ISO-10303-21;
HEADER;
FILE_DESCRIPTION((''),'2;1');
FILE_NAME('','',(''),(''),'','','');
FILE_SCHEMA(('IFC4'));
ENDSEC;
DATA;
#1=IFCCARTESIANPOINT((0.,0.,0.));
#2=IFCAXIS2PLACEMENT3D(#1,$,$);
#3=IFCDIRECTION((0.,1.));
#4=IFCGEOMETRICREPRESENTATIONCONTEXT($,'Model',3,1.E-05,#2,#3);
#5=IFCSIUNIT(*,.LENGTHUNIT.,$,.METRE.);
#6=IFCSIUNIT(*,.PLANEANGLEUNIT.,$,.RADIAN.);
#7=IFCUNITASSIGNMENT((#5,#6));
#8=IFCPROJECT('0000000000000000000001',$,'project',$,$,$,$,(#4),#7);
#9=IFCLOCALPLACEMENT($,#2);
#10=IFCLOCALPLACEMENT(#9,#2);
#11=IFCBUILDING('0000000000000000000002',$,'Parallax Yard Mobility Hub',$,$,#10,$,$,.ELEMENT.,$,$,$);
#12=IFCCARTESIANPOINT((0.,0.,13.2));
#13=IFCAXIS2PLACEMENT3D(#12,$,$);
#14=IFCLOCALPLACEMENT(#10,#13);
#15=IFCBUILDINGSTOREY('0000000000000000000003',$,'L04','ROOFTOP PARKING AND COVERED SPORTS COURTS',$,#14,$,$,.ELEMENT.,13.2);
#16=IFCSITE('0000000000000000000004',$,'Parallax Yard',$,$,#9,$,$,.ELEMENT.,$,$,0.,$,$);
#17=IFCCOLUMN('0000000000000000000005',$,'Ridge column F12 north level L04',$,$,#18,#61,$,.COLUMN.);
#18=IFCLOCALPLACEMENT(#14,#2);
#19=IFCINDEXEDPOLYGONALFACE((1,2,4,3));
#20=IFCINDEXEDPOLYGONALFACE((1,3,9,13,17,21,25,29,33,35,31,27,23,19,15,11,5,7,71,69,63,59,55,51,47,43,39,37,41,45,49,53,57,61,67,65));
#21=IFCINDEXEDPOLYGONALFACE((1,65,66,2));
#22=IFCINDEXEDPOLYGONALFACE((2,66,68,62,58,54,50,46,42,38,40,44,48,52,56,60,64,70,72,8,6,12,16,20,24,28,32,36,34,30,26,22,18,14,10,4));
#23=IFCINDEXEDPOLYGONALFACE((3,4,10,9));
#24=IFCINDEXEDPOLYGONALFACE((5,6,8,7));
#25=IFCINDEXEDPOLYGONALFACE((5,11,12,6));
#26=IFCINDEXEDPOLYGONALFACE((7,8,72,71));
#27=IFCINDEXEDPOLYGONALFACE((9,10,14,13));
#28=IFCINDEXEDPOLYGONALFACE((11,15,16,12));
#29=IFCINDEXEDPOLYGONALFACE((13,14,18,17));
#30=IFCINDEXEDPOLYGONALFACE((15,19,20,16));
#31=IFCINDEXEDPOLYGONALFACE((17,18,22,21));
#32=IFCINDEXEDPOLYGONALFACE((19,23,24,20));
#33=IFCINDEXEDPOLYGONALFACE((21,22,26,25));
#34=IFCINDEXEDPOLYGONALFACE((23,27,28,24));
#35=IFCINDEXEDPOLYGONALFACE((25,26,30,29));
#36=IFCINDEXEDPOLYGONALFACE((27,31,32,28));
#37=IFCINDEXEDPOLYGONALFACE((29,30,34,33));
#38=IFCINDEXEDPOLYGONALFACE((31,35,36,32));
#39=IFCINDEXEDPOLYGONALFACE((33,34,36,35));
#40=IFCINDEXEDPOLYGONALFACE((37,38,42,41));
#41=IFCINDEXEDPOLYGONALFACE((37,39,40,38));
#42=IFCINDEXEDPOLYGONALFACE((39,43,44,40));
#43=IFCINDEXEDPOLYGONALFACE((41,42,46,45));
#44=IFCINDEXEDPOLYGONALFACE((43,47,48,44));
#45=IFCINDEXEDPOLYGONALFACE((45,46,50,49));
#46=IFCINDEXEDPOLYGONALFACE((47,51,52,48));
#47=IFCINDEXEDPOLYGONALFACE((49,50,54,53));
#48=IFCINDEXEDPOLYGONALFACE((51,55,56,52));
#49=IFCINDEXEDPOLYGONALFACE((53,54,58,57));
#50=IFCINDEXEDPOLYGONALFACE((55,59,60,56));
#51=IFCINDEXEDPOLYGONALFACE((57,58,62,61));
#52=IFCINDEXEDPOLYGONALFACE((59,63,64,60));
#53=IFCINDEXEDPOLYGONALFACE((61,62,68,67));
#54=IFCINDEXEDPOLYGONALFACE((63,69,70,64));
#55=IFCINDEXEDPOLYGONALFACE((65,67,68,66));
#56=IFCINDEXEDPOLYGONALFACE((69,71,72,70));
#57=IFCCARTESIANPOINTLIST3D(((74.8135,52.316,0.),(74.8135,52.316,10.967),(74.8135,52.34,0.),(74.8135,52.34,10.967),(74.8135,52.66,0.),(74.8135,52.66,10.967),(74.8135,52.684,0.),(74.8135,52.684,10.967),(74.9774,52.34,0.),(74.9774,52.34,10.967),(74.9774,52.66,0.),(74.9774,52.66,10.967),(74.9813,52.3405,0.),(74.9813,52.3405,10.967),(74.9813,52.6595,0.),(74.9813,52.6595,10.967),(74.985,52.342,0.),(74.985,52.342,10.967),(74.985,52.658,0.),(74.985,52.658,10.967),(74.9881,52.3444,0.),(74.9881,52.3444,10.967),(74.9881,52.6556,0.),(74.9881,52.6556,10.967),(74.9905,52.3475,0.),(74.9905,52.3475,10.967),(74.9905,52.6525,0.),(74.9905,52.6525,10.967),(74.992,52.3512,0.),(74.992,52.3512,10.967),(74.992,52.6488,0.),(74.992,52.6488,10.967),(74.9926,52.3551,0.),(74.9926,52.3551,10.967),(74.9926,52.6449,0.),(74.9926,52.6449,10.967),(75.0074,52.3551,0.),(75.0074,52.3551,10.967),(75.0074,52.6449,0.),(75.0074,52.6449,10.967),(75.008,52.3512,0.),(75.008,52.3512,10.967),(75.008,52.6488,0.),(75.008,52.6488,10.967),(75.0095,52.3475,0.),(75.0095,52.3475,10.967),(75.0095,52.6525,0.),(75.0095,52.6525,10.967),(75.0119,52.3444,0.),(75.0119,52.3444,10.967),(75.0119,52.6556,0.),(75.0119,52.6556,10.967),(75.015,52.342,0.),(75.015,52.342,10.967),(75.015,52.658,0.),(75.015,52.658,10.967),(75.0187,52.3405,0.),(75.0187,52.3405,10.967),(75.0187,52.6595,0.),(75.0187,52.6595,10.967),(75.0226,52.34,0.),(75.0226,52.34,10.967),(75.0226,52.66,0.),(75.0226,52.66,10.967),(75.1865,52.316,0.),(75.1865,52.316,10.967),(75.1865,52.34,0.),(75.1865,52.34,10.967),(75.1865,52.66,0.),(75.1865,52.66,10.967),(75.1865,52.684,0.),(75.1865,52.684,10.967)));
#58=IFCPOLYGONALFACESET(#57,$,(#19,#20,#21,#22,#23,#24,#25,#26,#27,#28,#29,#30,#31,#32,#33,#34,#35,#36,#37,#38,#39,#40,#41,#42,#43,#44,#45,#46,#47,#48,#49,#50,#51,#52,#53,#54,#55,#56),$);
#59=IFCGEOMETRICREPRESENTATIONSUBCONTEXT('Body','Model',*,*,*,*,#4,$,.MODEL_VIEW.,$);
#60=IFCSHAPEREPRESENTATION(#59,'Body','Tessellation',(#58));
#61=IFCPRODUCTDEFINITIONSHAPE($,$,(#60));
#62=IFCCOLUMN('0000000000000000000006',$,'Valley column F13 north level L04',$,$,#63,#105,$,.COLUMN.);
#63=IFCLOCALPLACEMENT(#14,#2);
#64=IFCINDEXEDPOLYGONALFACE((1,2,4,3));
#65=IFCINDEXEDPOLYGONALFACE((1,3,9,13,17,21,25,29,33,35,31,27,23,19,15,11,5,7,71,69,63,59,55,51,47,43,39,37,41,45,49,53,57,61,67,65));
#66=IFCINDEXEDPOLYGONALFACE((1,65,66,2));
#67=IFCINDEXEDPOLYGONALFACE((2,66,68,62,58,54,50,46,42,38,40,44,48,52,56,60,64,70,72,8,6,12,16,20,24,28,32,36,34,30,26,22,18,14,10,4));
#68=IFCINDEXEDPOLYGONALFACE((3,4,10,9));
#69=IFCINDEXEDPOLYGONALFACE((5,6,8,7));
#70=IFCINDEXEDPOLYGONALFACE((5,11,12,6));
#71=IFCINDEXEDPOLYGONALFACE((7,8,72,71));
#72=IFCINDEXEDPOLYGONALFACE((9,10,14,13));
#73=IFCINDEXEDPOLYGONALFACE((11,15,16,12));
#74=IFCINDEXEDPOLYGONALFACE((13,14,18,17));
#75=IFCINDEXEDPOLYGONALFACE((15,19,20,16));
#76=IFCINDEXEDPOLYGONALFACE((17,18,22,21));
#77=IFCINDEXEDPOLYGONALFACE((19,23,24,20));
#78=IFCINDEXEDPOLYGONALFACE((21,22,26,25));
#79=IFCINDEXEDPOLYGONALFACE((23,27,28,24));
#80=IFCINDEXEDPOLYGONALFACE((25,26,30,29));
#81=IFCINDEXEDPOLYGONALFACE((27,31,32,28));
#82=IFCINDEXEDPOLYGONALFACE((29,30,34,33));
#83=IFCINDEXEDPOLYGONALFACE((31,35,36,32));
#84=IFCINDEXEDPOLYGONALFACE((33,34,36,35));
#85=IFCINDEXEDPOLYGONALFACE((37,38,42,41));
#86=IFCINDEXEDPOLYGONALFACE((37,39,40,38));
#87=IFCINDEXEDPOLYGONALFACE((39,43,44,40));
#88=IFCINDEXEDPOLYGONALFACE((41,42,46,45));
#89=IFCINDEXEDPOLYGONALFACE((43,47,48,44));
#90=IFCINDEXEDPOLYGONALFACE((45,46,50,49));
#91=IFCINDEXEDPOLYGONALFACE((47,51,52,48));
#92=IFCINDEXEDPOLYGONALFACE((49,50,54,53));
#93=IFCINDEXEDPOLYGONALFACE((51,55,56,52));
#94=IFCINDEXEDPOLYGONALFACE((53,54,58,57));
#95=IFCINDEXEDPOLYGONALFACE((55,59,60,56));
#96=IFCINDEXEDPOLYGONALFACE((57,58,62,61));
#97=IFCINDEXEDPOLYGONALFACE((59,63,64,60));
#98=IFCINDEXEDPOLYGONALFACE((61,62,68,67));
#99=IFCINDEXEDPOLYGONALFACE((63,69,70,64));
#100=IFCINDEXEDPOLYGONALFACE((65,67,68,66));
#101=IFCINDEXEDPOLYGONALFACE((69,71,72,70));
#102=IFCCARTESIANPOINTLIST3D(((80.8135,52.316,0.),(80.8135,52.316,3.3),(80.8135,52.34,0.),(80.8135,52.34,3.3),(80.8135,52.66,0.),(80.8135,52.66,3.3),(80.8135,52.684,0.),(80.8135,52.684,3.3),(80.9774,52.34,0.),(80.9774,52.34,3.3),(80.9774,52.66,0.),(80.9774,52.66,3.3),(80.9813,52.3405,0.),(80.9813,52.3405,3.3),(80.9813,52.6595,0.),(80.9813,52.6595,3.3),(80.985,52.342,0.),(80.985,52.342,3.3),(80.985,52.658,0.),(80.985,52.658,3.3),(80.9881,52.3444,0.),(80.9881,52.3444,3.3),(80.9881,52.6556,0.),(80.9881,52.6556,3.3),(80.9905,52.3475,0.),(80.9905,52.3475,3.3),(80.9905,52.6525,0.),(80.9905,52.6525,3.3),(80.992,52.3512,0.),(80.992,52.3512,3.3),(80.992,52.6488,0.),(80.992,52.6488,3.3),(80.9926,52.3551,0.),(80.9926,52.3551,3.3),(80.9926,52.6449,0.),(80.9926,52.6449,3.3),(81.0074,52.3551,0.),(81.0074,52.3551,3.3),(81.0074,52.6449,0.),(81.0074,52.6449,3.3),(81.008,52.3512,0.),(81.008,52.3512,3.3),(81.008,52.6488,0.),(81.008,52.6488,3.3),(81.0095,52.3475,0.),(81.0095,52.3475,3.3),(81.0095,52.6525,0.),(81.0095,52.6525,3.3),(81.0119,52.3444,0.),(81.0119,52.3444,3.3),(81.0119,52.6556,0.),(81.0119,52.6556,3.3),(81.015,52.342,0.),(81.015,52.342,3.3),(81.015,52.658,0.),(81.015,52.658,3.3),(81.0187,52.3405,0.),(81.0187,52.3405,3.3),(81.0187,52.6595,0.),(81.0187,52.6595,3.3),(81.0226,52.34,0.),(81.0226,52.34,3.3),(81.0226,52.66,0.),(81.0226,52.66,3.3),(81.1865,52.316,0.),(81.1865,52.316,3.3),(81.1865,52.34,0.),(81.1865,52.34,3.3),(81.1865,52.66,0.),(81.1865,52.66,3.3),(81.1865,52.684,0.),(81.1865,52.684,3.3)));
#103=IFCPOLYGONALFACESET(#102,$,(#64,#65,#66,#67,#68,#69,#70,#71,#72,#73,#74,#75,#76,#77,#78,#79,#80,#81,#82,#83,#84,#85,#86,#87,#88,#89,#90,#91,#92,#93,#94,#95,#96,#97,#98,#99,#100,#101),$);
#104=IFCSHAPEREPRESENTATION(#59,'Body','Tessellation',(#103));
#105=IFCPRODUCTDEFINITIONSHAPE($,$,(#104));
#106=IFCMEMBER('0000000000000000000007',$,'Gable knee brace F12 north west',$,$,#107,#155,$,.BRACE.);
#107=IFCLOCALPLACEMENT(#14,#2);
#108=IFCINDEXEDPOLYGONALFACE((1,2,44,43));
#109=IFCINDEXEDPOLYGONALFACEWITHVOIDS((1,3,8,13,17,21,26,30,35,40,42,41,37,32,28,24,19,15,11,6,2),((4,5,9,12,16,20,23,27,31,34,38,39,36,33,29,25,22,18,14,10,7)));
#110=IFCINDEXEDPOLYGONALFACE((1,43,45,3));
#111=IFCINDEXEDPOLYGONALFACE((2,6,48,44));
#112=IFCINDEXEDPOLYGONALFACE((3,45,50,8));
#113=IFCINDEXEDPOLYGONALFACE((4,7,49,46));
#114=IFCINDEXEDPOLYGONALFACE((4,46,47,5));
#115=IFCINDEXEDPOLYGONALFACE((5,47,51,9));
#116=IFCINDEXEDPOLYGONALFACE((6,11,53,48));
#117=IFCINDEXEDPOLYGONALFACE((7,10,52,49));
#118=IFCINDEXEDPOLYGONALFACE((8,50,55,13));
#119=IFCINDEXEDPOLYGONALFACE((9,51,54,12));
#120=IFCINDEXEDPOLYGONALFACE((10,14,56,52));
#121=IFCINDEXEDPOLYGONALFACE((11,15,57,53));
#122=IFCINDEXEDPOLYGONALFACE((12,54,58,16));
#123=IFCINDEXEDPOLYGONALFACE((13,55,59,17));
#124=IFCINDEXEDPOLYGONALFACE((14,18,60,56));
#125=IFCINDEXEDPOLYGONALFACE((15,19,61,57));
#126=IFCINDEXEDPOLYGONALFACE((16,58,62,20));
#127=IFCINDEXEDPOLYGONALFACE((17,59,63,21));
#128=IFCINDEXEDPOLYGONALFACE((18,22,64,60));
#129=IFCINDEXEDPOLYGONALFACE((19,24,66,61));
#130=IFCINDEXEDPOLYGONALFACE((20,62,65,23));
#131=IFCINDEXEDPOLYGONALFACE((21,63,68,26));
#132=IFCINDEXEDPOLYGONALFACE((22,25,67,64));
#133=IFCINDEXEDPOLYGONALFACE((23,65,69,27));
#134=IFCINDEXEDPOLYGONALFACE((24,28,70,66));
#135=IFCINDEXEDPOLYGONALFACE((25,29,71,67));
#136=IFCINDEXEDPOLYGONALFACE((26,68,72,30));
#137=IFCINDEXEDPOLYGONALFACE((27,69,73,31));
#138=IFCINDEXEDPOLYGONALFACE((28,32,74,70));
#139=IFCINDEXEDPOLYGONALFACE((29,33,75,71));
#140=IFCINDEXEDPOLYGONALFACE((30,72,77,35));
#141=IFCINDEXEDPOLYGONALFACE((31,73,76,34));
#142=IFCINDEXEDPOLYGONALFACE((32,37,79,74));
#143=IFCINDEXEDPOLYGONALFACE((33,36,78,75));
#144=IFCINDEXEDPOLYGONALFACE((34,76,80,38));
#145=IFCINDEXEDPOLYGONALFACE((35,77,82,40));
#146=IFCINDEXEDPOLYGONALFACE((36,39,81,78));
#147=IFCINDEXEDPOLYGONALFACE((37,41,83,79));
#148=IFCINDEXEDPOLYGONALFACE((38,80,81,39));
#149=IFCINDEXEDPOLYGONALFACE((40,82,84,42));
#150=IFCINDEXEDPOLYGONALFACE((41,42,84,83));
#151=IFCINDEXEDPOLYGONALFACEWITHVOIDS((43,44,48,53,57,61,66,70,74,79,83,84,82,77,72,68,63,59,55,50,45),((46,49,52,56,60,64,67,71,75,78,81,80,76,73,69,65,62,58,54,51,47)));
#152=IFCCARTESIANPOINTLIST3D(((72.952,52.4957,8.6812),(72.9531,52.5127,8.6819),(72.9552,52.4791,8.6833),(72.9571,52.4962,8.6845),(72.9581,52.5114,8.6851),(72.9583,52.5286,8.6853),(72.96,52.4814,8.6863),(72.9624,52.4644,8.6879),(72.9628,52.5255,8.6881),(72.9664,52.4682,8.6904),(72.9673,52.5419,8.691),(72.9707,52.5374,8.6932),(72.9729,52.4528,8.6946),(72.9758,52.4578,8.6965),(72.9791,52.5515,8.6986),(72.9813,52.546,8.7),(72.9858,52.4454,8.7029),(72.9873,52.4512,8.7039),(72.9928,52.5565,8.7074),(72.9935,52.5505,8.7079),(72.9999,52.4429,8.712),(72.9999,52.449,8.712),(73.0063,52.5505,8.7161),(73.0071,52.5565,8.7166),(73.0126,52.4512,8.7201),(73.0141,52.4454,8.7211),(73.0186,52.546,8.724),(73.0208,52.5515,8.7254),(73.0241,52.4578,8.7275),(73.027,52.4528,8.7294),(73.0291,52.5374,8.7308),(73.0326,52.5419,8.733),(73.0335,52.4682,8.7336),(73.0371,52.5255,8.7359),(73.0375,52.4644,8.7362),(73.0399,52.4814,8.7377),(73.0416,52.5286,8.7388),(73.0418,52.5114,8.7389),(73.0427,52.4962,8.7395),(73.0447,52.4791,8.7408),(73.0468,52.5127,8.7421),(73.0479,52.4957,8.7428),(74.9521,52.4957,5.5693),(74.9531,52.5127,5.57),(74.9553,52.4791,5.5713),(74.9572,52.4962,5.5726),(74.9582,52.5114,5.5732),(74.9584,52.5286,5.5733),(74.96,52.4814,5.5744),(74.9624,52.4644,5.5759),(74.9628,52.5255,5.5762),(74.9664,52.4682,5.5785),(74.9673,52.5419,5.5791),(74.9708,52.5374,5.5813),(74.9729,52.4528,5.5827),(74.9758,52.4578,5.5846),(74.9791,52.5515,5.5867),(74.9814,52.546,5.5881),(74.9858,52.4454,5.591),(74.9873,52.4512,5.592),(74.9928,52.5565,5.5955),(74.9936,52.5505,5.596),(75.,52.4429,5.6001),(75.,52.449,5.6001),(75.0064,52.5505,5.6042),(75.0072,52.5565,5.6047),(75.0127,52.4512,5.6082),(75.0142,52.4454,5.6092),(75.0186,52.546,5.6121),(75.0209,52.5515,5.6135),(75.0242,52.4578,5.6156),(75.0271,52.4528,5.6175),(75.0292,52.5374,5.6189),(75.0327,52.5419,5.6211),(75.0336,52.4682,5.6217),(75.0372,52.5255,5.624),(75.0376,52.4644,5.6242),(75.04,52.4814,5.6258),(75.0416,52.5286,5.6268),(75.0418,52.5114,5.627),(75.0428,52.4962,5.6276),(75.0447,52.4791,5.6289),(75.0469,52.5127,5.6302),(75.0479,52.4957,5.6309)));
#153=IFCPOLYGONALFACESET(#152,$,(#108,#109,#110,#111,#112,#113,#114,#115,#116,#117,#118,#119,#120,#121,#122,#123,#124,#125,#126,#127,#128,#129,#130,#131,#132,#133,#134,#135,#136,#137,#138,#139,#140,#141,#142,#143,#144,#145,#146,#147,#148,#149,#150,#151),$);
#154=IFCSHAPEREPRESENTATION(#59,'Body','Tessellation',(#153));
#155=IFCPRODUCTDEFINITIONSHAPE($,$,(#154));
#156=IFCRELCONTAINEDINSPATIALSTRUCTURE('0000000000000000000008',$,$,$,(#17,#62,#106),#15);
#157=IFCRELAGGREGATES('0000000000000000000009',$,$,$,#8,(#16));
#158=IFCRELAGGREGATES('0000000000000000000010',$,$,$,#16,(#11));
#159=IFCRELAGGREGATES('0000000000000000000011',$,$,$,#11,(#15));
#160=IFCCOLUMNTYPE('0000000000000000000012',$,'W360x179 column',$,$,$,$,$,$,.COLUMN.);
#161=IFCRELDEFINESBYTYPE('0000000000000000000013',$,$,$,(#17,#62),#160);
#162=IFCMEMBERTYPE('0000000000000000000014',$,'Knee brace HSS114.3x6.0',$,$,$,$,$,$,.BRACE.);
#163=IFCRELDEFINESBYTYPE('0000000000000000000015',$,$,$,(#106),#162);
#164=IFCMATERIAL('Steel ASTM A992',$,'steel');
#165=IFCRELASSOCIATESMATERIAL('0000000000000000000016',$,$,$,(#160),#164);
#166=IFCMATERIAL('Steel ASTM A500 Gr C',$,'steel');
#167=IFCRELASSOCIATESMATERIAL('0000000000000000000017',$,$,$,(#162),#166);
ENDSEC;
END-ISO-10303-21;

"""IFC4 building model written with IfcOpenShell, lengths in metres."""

from ifc_helpers import new_model, si_unit, direction, frame, origin, origin_2d, place, context, subcontext, project, spatial, hollow_circle, i_section, extrude, material, material_profile, profile_set, type_object, element, save


model = new_model("IFC4")

# Units and contexts
model_context = context("Model", 3, precision=1e-05, world=origin(), true_north=direction((0.0, 1.0)))
body_context = subcontext(model_context, "Body", "Model", "MODEL_VIEW")
ifc_project = project(units=[si_unit("LENGTHUNIT", "METRE"), si_unit("PLANEANGLEUNIT", "RADIAN")], contexts=[model_context])

# Site, building, storey
site_placement = place(None, origin())
site = spatial("IfcSite", under=ifc_project, at=site_placement, Name="Parallax Yard", CompositionType="ELEMENT", RefElevation=0.0)
building_placement = place(site_placement, origin())
building = spatial("IfcBuilding", under=site, at=building_placement, Name="Parallax Yard Mobility Hub", CompositionType="ELEMENT")
storey_placement = place(building_placement, frame((0.0, 0.0, 13.2)))
storey = spatial("IfcBuildingStorey", under=building, at=storey_placement, Name="L04", Description="ROOFTOP PARKING AND COVERED SPORTS COURTS", CompositionType="ELEMENT", Elevation=13.2)

# Columns
ifc_material_1 = material(Name="Steel ASTM A992", Category="steel")
ifc_material_profile_1 = material_profile(ifc_material_1, i_section(OverallWidth=0.373, OverallDepth=0.3679, WebThickness=0.0149, FlangeThickness=0.0239, FilletRadius=0.0151, at=origin_2d()), Name="W360x179")
ifc_profile_set_1 = profile_set([ifc_material_profile_1], Name="Steel ASTM A992")
column_type = type_object("IfcColumnType", Name="W360x179 column", PredefinedType="COLUMN", material=ifc_profile_set_1)
column_1_placement = place(storey_placement, frame((75.0, 52.5, 0.0), z_axis=(0.0, 0.0, 1.0), x_axis=(1.0, 0.0, 0.0)))
element("IfcColumn", 1, at=column_1_placement, inside=storey, type_object=column_type, Name="Ridge column F12 north level L04", PredefinedType="COLUMN", context=body_context, shape_type="SweptSolid", body=[
    extrude(i_section(OverallWidth=0.373, OverallDepth=0.3679, WebThickness=0.0149, FlangeThickness=0.0239, FilletRadius=0.0151, at=origin_2d()), origin(), (0.0, 0.0, 1.0), 10.967),
])
column_2_placement = place(storey_placement, frame((81.0, 52.5, 0.0), z_axis=(0.0, 0.0, 1.0), x_axis=(1.0, 0.0, 0.0)))
element("IfcColumn", 2, at=column_2_placement, inside=storey, type_object=column_type, Name="Valley column F13 north level L04", PredefinedType="COLUMN", context=body_context, shape_type="SweptSolid", body=[
    extrude(i_section(OverallWidth=0.373, OverallDepth=0.3679, WebThickness=0.0149, FlangeThickness=0.0239, FilletRadius=0.0151, at=origin_2d()), origin(), (0.0, 0.0, 1.0), 3.3),
])

# Member
ifc_material_2 = material(Name="Steel ASTM A500 Gr C", Category="steel")
ifc_material_profile_2 = material_profile(ifc_material_2, hollow_circle(Radius=0.0571, WallThickness=0.0061, at=origin_2d()), Name="HSS114.3x6.0")
ifc_profile_set_2 = profile_set([ifc_material_profile_2], Name="Steel ASTM A500 Gr C")
member_type_1 = type_object("IfcMemberType", Name="Knee brace HSS114.3x6.0", PredefinedType="BRACE", material=ifc_profile_set_2)
for number, where, z_axis, x_axis, name in (
    (3, (75.0, 52.5, 5.6001), (-0.540671, 0.0, 0.841234), (0.0, -1.0, 0.0), "Gable knee brace F12 north west"),
):
    element("IfcMember", number, at=place(storey_placement, frame(where, z_axis=z_axis, x_axis=x_axis)), inside=storey, type_object=member_type_1, Name=name, PredefinedType="BRACE", context=body_context, shape_type="SweptSolid", body=[
        extrude(hollow_circle(Radius=0.0571, WallThickness=0.0061, at=origin_2d()), origin(), (0.0, 0.0, 1.0), 3.6992),
    ])

save(model, "model.ifc")
